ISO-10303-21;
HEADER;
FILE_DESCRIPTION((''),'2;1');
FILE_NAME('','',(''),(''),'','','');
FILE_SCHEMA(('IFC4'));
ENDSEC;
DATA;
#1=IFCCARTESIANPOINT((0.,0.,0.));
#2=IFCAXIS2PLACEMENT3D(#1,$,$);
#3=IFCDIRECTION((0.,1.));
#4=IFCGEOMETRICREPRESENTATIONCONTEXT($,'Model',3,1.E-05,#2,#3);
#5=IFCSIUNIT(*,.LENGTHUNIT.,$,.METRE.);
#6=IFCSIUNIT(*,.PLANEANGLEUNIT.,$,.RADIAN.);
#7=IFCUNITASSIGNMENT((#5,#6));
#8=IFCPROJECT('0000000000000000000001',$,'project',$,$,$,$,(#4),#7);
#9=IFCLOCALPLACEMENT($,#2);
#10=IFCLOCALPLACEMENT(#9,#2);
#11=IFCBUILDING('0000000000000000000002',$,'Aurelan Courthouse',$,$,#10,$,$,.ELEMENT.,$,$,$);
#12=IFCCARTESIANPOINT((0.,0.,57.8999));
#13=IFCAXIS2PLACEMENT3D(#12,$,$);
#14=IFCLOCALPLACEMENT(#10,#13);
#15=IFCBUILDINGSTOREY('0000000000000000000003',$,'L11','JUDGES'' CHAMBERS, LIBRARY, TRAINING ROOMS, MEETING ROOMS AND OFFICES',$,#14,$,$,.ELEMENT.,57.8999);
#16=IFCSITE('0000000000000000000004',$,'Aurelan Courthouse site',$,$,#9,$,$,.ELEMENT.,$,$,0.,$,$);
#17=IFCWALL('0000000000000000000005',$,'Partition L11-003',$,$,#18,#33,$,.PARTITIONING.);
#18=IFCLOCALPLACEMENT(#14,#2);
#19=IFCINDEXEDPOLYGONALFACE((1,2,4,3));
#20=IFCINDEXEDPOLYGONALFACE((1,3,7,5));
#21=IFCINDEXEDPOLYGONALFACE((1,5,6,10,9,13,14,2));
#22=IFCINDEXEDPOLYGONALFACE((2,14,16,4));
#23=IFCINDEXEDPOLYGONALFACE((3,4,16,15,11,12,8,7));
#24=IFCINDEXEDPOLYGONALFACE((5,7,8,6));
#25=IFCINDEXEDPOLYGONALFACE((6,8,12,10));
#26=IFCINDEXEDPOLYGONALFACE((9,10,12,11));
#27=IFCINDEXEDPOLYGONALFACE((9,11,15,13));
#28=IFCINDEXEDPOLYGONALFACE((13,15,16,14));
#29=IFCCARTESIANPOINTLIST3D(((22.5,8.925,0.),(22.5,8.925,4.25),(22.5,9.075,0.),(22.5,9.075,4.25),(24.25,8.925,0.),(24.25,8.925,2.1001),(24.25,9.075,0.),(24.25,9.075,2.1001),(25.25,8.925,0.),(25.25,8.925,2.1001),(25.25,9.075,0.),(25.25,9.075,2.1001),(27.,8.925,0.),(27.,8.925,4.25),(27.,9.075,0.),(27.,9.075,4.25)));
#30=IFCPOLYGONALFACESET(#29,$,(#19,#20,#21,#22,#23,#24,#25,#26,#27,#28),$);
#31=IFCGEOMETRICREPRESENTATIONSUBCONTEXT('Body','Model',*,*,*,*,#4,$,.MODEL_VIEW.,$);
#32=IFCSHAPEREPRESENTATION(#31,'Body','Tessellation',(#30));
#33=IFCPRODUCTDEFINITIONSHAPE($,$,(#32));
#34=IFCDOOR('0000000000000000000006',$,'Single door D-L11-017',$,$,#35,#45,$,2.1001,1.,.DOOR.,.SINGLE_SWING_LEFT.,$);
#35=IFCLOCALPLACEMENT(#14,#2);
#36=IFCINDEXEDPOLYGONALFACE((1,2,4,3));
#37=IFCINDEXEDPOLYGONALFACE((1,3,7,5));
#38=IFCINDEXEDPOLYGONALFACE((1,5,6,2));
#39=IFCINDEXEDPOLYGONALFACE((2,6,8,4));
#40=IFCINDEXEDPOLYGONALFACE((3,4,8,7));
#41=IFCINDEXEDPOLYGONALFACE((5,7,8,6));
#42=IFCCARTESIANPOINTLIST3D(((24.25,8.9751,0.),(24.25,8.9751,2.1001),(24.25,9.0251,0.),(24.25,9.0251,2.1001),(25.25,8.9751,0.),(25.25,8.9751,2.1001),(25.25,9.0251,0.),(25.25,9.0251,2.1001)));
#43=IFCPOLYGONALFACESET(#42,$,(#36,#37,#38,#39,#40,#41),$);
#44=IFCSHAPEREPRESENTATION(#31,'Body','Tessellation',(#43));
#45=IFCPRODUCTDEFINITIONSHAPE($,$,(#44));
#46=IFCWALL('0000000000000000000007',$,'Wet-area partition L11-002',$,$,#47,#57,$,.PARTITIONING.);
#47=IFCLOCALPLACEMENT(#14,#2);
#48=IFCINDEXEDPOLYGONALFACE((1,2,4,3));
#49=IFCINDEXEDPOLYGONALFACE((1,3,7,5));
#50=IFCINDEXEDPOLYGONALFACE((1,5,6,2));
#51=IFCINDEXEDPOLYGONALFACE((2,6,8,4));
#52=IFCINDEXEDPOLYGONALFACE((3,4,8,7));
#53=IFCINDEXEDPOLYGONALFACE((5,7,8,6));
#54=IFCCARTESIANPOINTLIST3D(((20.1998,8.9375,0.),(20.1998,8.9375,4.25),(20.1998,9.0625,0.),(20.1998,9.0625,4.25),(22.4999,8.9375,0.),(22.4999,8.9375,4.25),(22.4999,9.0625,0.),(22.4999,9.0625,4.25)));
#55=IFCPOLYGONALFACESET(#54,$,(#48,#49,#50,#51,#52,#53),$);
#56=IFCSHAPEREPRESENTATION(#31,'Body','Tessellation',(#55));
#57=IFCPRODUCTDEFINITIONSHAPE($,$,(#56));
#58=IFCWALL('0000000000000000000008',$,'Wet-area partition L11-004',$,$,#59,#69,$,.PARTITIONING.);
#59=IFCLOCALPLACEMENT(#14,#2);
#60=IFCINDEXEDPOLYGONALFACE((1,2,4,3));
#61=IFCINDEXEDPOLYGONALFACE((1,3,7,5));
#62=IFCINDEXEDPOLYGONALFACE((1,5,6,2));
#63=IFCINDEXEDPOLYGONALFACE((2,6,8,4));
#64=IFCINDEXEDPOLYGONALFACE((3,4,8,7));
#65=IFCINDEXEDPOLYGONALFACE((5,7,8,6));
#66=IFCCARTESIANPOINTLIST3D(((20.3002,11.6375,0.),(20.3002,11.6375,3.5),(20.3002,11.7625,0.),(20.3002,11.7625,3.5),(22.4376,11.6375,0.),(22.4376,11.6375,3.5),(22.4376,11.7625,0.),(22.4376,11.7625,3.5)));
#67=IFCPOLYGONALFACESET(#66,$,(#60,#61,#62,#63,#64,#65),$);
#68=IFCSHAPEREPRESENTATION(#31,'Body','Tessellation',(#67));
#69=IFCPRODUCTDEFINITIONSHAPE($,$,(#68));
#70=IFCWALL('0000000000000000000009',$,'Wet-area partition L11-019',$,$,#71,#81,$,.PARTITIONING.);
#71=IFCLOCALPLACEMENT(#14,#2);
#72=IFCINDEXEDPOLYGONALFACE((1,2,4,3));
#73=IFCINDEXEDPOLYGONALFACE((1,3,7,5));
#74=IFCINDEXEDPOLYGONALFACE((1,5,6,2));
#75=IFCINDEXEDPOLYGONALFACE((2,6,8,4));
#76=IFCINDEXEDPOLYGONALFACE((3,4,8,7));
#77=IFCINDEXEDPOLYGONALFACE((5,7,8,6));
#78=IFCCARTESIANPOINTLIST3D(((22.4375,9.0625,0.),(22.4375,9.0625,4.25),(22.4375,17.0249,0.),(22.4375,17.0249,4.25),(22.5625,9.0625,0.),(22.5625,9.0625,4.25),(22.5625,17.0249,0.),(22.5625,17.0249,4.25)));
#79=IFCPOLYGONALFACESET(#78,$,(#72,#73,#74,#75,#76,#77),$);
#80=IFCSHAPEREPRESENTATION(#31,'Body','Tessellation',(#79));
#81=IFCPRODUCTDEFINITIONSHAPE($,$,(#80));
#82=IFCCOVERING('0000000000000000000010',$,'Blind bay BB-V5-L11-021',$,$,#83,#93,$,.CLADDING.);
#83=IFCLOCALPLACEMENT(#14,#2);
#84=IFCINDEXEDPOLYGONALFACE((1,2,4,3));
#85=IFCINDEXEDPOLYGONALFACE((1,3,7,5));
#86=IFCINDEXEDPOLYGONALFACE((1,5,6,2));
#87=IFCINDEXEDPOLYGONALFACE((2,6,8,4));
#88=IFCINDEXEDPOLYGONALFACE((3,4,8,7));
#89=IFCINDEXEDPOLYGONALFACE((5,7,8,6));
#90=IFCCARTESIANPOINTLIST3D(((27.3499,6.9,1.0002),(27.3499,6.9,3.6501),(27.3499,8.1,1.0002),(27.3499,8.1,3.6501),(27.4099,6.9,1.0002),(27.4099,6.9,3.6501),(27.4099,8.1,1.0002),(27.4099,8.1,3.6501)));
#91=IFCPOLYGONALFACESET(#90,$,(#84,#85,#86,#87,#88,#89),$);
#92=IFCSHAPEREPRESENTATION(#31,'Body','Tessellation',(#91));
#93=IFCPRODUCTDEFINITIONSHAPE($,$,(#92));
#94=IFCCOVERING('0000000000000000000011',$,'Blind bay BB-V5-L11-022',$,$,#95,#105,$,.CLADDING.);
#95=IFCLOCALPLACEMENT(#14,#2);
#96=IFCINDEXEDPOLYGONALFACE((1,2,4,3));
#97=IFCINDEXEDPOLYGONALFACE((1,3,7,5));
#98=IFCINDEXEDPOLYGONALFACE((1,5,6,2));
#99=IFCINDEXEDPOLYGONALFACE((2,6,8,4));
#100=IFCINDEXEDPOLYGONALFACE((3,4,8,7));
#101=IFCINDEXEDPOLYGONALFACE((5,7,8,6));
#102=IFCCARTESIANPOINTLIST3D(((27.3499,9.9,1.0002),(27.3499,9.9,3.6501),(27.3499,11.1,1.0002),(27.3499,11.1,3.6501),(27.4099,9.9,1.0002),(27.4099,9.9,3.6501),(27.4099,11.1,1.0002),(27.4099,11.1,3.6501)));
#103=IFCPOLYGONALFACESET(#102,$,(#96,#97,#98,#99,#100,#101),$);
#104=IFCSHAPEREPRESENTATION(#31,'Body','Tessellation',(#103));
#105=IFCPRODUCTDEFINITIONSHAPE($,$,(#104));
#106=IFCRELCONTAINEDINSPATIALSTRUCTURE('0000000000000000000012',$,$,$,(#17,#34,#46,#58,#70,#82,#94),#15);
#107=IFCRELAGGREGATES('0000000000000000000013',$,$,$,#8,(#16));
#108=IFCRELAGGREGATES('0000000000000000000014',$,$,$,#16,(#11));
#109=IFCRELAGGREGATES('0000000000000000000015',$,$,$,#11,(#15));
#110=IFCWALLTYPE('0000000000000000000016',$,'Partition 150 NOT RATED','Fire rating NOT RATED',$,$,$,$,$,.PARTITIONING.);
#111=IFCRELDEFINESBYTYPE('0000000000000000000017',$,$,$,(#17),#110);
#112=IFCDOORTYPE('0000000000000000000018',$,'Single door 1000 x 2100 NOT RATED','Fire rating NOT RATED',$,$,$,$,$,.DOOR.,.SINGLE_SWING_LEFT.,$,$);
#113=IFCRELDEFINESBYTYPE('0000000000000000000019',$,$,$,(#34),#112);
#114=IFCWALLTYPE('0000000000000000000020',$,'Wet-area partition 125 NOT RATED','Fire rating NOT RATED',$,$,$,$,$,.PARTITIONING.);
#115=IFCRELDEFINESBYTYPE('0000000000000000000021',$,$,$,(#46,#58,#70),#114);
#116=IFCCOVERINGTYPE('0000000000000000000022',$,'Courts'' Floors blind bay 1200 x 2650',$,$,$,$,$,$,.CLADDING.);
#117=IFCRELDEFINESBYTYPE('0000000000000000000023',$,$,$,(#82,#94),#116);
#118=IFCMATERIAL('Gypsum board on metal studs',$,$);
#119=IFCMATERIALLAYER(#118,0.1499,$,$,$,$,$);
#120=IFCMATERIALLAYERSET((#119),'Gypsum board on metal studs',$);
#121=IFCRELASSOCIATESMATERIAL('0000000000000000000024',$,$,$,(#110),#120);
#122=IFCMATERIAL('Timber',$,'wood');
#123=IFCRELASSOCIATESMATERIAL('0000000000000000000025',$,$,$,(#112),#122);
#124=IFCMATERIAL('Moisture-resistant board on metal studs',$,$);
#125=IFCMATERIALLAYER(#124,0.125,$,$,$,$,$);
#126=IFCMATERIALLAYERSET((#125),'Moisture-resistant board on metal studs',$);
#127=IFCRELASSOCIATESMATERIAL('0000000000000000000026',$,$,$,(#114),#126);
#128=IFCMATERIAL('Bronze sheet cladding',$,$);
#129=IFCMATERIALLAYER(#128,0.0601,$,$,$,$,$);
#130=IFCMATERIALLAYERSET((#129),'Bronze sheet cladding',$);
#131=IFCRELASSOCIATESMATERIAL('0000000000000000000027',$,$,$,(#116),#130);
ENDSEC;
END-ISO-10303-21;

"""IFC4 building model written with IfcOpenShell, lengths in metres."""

from ifc_helpers import new_model, si_unit, direction, frame, frame_2d, origin, origin_2d, place, context, subcontext, project, spatial, rectangle, extrude, material, layer, layer_set, type_object, element, fill, save


model = new_model("IFC4")

# Units and contexts
model_context = context("Model", 3, precision=1e-05, world=origin(), true_north=direction((0.0, 1.0)))
body_context = subcontext(model_context, "Body", "Model", "MODEL_VIEW")
ifc_project = project(units=[si_unit("LENGTHUNIT", "METRE"), si_unit("PLANEANGLEUNIT", "RADIAN")], contexts=[model_context])

# Site, building, storey
site_placement = place(None, origin())
site = spatial("IfcSite", under=ifc_project, at=site_placement, Name="Aurelan Courthouse site", CompositionType="ELEMENT", RefElevation=0.0)
building_placement = place(site_placement, origin())
building = spatial("IfcBuilding", under=site, at=building_placement, Name="Aurelan Courthouse", CompositionType="ELEMENT")
storey_placement = place(building_placement, frame((0.0, 0.0, 57.8999)))
storey = spatial("IfcBuildingStorey", under=building, at=storey_placement, Name="L11", Description="JUDGES' CHAMBERS, LIBRARY, TRAINING ROOMS, MEETING ROOMS AND OFFICES", CompositionType="ELEMENT", Elevation=57.8999)

# Wall, opening, door
ifc_material_1 = material(Name="Gypsum board on metal studs")
ifc_layer_1 = layer(ifc_material_1, 0.1499)
ifc_layer_set_1 = layer_set([ifc_layer_1], Name="Gypsum board on metal studs")
wall_type_1 = type_object("IfcWallType", Name="Partition 150 NOT RATED", Description="Fire rating NOT RATED", PredefinedType="PARTITIONING", material=ifc_layer_set_1)
wall_1_placement = place(storey_placement, frame((22.5, 9.0, 0.0), z_axis=(0.0, 0.0, 1.0), x_axis=(1.0, 0.0, 0.0)))
wall_1 = element("IfcWall", 1, at=wall_1_placement, inside=storey, type_object=wall_type_1, Name="Partition L11-003", PredefinedType="PARTITIONING", context=body_context, shape_type="SweptSolid", body=[
    extrude(rectangle(XDim=4.5, YDim=0.1499, at=frame_2d((2.25, 0.0))), origin(), (0.0, 0.0, 1.0), 4.25),
])
opening_1_placement = place(wall_1_placement, frame((2.75, 0.0, 0.0), z_axis=(0.0, 0.0, 1.0), x_axis=(-1.0, 0.0, 0.0)))
opening_1 = element("IfcOpeningElement", 2, at=opening_1_placement, cuts=wall_1, PredefinedType="OPENING", context=body_context, shape_type="SweptSolid", body=[
    extrude(rectangle(XDim=1.0, YDim=2.1001, at=frame_2d((0.5, 1.05))), frame((0.0, 0.085, 0.0), z_axis=(0.0, -1.0, 0.0), x_axis=(1.0, 0.0, 0.0)), (0.0, 0.0, 1.0), 0.1699),
])
ifc_material_2 = material(Name="Timber", Category="wood")
door_type_1 = type_object("IfcDoorType", Name="Single door 1000 x 2100 NOT RATED", Description="Fire rating NOT RATED", OperationType="SINGLE_SWING_LEFT", PredefinedType="DOOR", material=ifc_material_2)
door_1_placement = place(opening_1_placement, origin())
door_1 = element("IfcDoor", 3, at=door_1_placement, inside=storey, type_object=door_type_1, Name="Single door D-L11-017", OperationType="SINGLE_SWING_LEFT", OverallHeight=2.1001, OverallWidth=1.0, PredefinedType="DOOR", context=body_context, shape_type="SweptSolid", body=[
    extrude(rectangle(XDim=1.0, YDim=2.1001, at=frame_2d((0.5, 1.05))), frame((0.0, 0.0249, 0.0), z_axis=(0.0, -1.0, 0.0), x_axis=(1.0, 0.0, 0.0)), (0.0, 0.0, 1.0), 0.05),
])
fill(opening_1, door_1)

# Walls
ifc_material_3 = material(Name="Moisture-resistant board on metal studs")
ifc_layer_2 = layer(ifc_material_3, 0.125)
ifc_layer_set_2 = layer_set([ifc_layer_2], Name="Moisture-resistant board on metal studs")
wall_type_2 = type_object("IfcWallType", Name="Wet-area partition 125 NOT RATED", Description="Fire rating NOT RATED", PredefinedType="PARTITIONING", material=ifc_layer_set_2)
wall_2_placement = place(storey_placement, frame((20.2, 9.0, 0.0), z_axis=(0.0, 0.0, 1.0), x_axis=(1.0, 0.0, 0.0)))
element("IfcWall", 4, at=wall_2_placement, inside=storey, type_object=wall_type_2, Name="Wet-area partition L11-002", PredefinedType="PARTITIONING", context=body_context, shape_type="SweptSolid", body=[
    extrude(rectangle(XDim=2.3, YDim=0.125, at=frame_2d((1.1499, 0.0))), origin(), (0.0, 0.0, 1.0), 4.25),
])
wall_3_placement = place(storey_placement, frame((20.3, 11.7, 0.0), z_axis=(0.0, 0.0, 1.0), x_axis=(1.0, 0.0, 0.0)))
element("IfcWall", 5, at=wall_3_placement, inside=storey, type_object=wall_type_2, Name="Wet-area partition L11-004", PredefinedType="PARTITIONING", context=body_context, shape_type="SweptSolid", body=[
    extrude(rectangle(XDim=2.1375, YDim=0.125, at=frame_2d((1.0688, 0.0))), origin(), (0.0, 0.0, 1.0), 3.5),
])
wall_4_placement = place(storey_placement, frame((22.5, 9.0625, 0.0), z_axis=(0.0, 0.0, 1.0), x_axis=(0.0, 1.0, 0.0)))
element("IfcWall", 6, at=wall_4_placement, inside=storey, type_object=wall_type_2, Name="Wet-area partition L11-019", PredefinedType="PARTITIONING", context=body_context, shape_type="SweptSolid", body=[
    extrude(rectangle(XDim=7.9624, YDim=0.125, at=frame_2d((3.9812, 0.0))), origin(), (0.0, 0.0, 1.0), 4.25),
])

# Coverings
ifc_material_4 = material(Name="Bronze sheet cladding")
ifc_layer_3 = layer(ifc_material_4, 0.0601)
ifc_layer_set_3 = layer_set([ifc_layer_3], Name="Bronze sheet cladding")
covering_type = type_object("IfcCoveringType", Name="Courts' Floors blind bay 1200 x 2650", PredefinedType="CLADDING", material=ifc_layer_set_3)
for number, where, z_axis, x_axis, name in (
    (7, (27.3799, 7.5, 1.0002), (0.0, 0.0, 1.0), (1.0, 0.0, 0.0), "Blind bay BB-V5-L11-021"),
    (8, (27.3799, 10.5, 1.0002), (0.0, 0.0, 1.0), (1.0, 0.0, 0.0), "Blind bay BB-V5-L11-022"),
):
    element("IfcCovering", number, at=place(storey_placement, frame(where, z_axis=z_axis, x_axis=x_axis)), inside=storey, type_object=covering_type, Name=name, PredefinedType="CLADDING", context=body_context, shape_type="SweptSolid", body=[
        extrude(rectangle(XDim=0.0601, YDim=1.2, at=origin_2d()), origin(), (0.0, 0.0, 1.0), 2.6499),
    ])

save(model, "model.ifc")
